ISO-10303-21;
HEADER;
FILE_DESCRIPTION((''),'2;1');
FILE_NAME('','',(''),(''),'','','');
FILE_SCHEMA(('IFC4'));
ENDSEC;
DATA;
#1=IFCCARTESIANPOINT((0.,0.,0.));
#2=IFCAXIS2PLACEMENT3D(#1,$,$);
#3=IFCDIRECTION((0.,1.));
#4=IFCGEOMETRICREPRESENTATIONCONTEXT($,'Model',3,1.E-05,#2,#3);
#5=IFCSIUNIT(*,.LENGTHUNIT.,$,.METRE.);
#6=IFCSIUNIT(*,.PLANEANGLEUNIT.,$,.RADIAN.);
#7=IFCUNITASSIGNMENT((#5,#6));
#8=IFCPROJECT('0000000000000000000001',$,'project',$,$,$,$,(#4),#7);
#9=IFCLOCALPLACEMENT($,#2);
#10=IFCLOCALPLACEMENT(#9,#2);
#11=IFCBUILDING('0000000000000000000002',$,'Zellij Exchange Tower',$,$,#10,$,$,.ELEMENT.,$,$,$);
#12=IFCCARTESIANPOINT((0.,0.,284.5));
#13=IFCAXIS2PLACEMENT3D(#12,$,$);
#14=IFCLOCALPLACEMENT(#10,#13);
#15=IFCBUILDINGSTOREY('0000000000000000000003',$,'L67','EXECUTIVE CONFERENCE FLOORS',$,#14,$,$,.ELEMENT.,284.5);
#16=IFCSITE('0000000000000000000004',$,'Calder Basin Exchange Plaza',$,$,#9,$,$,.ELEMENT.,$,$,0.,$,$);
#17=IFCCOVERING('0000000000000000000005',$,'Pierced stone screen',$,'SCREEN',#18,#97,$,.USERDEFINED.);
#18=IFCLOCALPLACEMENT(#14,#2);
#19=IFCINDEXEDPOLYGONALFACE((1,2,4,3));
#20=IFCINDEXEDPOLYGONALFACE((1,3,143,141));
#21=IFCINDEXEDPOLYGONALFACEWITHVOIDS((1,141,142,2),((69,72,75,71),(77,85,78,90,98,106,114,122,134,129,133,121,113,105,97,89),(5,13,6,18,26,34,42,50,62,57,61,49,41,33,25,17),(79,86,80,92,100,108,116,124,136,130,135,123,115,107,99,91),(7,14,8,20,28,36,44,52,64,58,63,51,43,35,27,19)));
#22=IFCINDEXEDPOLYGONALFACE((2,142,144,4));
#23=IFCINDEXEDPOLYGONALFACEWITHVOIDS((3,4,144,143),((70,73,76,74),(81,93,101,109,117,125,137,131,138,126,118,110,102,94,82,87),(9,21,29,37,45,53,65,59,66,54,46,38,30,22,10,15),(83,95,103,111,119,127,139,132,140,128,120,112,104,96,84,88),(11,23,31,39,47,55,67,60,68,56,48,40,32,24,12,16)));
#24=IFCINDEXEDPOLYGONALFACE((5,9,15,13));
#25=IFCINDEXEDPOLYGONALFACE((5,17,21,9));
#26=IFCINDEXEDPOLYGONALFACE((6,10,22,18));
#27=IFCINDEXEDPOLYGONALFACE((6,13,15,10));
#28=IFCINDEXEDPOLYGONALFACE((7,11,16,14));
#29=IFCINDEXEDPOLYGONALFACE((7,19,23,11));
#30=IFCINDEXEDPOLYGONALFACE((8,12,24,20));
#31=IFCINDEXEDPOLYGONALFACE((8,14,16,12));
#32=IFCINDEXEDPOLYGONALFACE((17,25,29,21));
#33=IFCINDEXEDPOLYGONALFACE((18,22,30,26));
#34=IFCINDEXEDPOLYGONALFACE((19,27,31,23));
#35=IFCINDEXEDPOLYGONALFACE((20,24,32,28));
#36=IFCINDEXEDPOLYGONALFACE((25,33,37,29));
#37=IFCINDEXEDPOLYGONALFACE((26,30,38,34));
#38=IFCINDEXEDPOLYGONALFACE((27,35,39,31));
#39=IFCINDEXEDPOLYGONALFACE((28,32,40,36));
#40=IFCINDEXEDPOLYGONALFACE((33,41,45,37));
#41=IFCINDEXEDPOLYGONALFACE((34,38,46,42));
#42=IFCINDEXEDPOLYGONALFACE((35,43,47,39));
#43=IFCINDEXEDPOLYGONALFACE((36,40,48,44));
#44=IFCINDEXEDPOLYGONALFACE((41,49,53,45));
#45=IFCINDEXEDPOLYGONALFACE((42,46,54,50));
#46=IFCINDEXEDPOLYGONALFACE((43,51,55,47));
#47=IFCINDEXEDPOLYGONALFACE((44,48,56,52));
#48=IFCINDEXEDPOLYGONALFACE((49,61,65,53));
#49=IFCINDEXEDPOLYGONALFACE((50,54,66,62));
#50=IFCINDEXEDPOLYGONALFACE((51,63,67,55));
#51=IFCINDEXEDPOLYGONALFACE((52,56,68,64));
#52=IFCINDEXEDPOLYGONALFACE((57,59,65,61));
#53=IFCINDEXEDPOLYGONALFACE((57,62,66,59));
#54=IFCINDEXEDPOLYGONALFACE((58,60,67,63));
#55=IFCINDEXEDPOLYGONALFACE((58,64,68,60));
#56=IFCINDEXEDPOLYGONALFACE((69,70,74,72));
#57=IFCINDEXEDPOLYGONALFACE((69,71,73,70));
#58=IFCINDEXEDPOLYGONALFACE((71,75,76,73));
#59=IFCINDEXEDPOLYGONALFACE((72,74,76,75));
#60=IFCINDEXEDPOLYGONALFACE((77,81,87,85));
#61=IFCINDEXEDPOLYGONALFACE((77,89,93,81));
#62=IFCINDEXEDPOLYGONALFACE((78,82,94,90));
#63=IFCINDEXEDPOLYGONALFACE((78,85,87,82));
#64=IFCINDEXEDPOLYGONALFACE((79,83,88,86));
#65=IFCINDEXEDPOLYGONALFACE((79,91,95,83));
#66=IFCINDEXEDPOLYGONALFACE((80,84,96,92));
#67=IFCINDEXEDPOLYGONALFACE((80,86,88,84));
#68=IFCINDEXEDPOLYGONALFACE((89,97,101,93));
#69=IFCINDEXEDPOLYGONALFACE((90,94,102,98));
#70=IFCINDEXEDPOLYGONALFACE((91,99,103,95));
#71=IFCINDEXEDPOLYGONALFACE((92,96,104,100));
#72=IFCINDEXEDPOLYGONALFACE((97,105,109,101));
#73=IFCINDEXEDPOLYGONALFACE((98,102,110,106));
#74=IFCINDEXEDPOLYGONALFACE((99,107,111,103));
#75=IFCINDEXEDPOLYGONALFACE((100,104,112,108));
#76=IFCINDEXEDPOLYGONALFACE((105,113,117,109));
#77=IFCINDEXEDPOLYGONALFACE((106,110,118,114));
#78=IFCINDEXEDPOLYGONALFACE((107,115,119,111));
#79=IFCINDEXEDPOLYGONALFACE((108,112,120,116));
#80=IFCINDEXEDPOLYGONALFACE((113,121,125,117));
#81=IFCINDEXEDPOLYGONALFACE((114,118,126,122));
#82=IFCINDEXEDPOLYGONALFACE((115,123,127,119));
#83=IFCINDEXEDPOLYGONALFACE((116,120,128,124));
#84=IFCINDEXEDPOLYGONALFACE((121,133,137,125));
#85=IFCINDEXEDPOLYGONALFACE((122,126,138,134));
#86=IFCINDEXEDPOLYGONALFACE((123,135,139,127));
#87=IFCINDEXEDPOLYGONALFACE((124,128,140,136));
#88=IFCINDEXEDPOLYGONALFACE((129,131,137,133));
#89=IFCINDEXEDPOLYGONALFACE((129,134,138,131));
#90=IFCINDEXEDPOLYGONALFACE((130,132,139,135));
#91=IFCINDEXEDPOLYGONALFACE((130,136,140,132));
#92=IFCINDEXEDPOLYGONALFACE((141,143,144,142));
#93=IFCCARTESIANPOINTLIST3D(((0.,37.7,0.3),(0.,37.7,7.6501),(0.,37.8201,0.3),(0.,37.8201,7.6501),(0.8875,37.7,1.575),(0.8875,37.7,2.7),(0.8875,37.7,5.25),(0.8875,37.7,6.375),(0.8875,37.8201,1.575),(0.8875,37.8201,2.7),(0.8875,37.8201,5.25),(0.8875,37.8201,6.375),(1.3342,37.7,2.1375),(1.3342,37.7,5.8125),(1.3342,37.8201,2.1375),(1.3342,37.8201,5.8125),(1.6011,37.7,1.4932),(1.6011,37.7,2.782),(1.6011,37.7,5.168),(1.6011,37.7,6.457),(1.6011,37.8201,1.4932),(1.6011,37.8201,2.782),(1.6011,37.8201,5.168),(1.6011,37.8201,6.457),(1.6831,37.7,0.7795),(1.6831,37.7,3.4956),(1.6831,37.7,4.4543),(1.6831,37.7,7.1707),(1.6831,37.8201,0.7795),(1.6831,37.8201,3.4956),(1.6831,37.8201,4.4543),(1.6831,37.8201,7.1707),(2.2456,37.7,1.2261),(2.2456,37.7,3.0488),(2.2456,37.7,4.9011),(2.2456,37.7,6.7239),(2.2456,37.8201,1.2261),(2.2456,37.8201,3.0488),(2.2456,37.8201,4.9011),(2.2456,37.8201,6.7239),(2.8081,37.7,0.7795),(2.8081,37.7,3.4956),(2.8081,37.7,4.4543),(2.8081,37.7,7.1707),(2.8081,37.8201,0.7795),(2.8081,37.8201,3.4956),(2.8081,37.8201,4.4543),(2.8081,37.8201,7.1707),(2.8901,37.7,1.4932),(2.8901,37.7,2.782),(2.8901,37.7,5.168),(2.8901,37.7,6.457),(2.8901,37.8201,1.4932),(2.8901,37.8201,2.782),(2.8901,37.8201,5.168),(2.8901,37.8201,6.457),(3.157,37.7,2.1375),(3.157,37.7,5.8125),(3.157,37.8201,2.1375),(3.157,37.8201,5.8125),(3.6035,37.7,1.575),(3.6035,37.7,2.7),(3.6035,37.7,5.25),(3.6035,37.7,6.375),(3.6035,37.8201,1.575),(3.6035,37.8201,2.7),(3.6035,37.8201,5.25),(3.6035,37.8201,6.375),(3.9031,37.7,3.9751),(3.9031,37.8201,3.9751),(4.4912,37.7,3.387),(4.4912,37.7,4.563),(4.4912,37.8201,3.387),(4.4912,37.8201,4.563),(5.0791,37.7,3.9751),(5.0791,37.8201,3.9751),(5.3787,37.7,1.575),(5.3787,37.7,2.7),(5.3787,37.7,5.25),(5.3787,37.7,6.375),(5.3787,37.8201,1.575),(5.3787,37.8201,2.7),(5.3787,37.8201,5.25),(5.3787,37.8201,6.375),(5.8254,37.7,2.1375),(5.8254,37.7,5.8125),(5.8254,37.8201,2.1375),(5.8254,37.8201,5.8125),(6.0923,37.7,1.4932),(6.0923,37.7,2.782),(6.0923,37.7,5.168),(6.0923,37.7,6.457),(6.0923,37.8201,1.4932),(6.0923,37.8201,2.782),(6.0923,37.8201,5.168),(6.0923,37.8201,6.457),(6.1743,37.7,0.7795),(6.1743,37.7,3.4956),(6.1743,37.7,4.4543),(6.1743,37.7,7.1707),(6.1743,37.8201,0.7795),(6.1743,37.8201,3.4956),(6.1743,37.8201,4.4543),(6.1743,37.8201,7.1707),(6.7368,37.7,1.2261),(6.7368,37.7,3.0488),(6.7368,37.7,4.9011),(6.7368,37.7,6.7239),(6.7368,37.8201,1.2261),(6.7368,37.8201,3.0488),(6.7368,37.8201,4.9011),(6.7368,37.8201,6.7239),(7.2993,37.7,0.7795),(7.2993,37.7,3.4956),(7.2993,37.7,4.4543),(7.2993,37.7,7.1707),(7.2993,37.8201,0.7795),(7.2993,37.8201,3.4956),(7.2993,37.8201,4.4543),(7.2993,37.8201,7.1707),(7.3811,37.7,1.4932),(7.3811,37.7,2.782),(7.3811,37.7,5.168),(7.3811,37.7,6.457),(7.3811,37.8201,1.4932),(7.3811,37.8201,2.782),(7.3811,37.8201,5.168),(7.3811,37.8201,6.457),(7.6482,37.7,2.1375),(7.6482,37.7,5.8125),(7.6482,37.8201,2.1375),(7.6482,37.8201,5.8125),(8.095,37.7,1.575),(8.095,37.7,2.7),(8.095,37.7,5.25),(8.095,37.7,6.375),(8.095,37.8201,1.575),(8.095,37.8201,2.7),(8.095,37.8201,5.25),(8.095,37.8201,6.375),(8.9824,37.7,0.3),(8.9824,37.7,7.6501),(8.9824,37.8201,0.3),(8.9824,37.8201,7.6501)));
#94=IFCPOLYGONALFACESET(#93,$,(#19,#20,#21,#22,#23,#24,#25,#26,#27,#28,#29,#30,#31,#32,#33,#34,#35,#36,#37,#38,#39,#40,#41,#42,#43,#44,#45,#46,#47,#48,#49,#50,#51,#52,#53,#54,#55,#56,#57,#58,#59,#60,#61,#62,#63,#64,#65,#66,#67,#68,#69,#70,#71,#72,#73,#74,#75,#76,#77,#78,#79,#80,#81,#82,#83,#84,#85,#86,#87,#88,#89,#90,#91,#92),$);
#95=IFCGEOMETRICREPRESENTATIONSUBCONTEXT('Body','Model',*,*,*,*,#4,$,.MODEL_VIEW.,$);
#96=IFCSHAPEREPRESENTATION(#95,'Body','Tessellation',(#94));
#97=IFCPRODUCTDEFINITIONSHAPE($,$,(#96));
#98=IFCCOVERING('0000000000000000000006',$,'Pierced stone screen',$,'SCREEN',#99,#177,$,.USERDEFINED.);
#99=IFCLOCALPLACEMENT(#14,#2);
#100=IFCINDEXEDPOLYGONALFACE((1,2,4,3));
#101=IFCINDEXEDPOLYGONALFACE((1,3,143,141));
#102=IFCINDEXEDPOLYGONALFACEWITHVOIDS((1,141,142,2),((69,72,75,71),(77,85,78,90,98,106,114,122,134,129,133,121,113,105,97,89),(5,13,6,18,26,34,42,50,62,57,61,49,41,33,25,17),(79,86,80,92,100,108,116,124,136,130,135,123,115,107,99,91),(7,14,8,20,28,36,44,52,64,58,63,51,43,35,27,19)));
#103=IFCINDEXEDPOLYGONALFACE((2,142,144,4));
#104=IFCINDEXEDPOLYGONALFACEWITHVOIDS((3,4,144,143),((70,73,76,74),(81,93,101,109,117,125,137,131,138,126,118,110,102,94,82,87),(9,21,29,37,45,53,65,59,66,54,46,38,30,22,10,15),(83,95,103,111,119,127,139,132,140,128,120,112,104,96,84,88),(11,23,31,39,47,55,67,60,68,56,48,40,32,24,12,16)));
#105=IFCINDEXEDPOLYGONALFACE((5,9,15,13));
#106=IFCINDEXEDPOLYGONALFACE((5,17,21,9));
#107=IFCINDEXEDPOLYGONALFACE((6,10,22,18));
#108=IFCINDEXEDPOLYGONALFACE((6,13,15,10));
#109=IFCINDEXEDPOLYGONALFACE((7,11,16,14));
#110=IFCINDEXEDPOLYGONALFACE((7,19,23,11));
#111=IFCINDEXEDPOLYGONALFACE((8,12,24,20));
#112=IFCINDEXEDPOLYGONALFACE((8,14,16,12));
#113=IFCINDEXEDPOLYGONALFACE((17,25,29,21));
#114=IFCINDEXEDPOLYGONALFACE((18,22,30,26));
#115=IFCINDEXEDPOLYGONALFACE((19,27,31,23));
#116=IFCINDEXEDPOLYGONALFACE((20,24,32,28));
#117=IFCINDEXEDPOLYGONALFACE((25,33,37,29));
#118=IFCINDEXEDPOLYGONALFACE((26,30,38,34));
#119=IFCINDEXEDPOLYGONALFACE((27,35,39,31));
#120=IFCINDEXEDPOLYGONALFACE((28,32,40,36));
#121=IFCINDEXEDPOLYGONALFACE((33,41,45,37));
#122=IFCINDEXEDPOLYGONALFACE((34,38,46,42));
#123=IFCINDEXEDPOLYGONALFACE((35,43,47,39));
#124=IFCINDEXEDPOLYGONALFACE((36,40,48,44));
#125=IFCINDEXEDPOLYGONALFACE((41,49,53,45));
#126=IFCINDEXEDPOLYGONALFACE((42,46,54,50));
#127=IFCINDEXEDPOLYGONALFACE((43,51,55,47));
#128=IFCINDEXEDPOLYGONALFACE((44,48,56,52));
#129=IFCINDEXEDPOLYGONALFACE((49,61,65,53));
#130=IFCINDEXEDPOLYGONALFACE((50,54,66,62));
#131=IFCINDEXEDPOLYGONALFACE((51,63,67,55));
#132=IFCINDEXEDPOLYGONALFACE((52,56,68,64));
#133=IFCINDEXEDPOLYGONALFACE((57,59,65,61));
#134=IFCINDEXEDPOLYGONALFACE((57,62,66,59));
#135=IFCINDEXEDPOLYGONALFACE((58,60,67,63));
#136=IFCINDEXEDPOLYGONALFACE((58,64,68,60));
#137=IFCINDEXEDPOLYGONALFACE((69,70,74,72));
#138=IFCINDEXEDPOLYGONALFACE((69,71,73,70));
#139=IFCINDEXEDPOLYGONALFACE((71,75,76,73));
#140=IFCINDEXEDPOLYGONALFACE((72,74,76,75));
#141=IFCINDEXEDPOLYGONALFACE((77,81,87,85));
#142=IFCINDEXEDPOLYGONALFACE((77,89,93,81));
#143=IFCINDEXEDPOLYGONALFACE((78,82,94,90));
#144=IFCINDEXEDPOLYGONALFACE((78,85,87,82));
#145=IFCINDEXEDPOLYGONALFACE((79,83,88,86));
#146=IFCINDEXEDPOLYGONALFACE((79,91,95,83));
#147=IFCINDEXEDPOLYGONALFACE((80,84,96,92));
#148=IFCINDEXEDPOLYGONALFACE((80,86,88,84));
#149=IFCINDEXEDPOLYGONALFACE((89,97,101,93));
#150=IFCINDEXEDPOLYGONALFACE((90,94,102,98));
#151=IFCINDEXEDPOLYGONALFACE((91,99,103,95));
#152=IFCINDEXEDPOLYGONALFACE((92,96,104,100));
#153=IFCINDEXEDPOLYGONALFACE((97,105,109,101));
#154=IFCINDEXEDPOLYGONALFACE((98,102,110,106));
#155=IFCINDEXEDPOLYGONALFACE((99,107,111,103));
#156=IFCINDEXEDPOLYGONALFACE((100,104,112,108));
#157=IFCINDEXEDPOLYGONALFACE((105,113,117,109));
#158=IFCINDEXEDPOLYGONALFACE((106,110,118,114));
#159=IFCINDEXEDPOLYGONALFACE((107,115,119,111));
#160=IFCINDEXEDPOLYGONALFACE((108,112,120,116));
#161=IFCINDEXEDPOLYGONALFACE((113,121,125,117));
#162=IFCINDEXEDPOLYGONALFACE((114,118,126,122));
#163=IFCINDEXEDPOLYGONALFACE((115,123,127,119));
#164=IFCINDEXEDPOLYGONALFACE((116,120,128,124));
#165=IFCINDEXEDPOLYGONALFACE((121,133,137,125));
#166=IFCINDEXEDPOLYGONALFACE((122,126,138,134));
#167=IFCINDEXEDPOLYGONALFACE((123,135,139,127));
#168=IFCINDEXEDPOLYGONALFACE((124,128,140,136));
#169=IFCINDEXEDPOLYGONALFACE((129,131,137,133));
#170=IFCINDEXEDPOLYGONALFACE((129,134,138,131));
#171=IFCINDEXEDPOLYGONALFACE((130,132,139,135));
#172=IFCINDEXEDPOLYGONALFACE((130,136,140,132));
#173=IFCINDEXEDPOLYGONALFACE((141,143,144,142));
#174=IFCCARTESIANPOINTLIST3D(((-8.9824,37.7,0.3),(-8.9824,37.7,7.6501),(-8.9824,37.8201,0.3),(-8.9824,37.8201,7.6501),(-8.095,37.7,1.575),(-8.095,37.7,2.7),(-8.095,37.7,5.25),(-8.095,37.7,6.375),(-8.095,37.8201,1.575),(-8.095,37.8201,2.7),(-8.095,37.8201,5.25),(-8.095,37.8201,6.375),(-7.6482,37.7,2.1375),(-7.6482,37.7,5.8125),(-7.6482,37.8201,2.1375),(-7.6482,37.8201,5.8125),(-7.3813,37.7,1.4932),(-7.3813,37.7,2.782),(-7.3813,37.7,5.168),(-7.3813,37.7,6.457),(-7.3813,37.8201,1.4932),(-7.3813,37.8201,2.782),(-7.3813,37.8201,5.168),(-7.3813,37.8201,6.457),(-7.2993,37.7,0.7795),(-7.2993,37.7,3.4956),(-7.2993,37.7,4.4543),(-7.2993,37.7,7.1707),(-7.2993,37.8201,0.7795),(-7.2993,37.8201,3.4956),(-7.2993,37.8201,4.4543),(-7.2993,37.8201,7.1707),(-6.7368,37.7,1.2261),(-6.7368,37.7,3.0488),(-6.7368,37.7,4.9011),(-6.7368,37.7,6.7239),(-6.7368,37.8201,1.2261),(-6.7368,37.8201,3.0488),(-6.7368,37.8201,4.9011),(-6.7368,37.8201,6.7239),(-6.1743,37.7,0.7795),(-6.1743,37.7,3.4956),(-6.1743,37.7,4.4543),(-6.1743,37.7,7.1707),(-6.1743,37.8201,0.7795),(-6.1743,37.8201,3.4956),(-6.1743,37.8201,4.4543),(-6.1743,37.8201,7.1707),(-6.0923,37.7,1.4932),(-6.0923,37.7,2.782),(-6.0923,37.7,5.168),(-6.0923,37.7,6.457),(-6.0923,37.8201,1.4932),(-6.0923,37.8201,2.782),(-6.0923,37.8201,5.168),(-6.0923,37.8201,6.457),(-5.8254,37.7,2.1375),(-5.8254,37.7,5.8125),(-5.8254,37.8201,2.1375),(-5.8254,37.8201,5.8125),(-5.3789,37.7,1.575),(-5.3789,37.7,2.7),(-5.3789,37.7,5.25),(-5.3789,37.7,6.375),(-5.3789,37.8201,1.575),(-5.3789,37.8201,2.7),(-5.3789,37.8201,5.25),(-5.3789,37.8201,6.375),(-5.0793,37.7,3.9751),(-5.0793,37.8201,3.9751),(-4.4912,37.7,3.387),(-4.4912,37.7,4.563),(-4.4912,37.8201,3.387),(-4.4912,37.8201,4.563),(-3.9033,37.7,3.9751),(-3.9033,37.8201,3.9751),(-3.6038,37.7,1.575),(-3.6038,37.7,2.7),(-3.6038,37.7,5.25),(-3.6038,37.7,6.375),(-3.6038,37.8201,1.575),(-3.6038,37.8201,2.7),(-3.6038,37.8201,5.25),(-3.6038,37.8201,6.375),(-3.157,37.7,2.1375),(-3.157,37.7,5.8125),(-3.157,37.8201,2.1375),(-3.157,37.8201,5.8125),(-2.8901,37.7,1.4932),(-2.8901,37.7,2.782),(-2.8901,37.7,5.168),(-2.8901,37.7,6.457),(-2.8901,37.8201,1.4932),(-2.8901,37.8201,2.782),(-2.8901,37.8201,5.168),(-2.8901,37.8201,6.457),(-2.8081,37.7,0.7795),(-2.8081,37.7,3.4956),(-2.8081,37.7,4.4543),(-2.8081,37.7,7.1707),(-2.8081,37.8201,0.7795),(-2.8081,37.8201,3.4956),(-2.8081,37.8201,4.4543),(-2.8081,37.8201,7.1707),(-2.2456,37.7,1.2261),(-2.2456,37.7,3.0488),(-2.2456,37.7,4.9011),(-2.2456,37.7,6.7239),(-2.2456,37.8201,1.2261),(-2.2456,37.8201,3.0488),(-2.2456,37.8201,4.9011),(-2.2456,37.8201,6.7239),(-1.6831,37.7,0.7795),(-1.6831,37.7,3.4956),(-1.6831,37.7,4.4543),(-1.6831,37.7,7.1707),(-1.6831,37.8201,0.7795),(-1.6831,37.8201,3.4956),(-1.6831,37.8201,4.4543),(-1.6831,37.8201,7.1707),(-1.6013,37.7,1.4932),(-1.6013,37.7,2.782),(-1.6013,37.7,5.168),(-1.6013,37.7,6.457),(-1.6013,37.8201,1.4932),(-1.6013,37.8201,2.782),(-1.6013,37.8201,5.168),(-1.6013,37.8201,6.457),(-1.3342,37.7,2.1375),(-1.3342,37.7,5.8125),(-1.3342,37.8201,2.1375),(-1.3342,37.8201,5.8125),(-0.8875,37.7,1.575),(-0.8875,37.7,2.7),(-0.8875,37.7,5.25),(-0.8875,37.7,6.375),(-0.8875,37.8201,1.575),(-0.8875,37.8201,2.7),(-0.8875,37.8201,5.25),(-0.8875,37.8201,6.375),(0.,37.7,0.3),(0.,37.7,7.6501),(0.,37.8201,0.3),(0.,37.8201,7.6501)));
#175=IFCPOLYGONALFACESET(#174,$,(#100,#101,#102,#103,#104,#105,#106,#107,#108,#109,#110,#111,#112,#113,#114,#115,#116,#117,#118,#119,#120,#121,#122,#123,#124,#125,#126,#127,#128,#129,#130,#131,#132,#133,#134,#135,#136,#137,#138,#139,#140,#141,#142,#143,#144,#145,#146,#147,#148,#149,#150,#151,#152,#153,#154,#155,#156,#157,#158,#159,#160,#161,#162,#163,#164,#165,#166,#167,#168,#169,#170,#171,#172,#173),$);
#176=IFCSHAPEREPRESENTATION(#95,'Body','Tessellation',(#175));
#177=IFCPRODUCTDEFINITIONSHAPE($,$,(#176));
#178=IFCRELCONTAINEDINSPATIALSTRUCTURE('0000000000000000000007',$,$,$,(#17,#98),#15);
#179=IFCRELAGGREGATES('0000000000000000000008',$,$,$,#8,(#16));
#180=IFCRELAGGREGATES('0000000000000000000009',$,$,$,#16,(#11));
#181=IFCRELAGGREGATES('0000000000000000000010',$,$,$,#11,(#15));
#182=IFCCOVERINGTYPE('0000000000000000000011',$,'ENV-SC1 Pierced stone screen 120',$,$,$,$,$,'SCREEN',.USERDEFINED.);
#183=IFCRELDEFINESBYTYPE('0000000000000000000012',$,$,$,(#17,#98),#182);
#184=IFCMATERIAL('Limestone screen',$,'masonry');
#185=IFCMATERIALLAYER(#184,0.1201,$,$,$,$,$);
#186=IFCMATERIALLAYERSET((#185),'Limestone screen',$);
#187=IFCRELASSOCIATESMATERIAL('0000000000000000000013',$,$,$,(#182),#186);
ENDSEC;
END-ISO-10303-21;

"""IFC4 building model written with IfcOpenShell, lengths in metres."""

from ifc_helpers import new_model, si_unit, direction, frame, origin, place, context, subcontext, project, spatial, polyline, outline, extrude, material, layer, layer_set, type_object, element, save


model = new_model("IFC4")

# Units and contexts
model_context = context("Model", 3, precision=1e-05, world=origin(), true_north=direction((0.0, 1.0)))
body_context = subcontext(model_context, "Body", "Model", "MODEL_VIEW")
ifc_project = project(units=[si_unit("LENGTHUNIT", "METRE"), si_unit("PLANEANGLEUNIT", "RADIAN")], contexts=[model_context])

# Site, building, storey
site_placement = place(None, origin())
site = spatial("IfcSite", under=ifc_project, at=site_placement, Name="Calder Basin Exchange Plaza", CompositionType="ELEMENT", RefElevation=0.0)
building_placement = place(site_placement, origin())
building = spatial("IfcBuilding", under=site, at=building_placement, Name="Zellij Exchange Tower", CompositionType="ELEMENT")
storey_placement = place(building_placement, frame((0.0, 0.0, 284.5)))
storey = spatial("IfcBuildingStorey", under=building, at=storey_placement, Name="L67", Description="EXECUTIVE CONFERENCE FLOORS", CompositionType="ELEMENT", Elevation=284.5)

# Coverings
ifc_material_1 = material(Name="Limestone screen", Category="masonry")
ifc_layer = layer(ifc_material_1, 0.1201)
ifc_layer_set = layer_set([ifc_layer], Name="Limestone screen")
covering_type = type_object("IfcCoveringType", Name="ENV-SC1 Pierced stone screen 120", ElementType="SCREEN", PredefinedType="USERDEFINED", material=ifc_layer_set)
covering_1_placement = place(storey_placement, frame((8.9824, 37.76, 0.3), z_axis=(0.0, 0.0, 1.0), x_axis=(-1.0, 0.0, 0.0)))
element("IfcCovering", 1, at=covering_1_placement, inside=storey, type_object=covering_type, Name="Pierced stone screen", ObjectType="SCREEN", PredefinedType="USERDEFINED", context=body_context, shape_type="SweptSolid", body=[
    extrude(outline(polyline([(0.0, 0.0), (8.9824, 0.0), (8.9824, 7.3501), (0.0, 7.3501), (0.0, 0.0)]), holes=[polyline([(3.6038, 2.3999), (2.8901, 2.4819), (2.8081, 3.1956), (2.2456, 2.7488), (1.6831, 3.1956), (1.6013, 2.4819), (0.8875, 2.3999), (1.3342, 1.8374), (0.8875, 1.2749), (1.6013, 1.1931), (1.6831, 0.4795), (2.2456, 0.926), (2.8081, 0.4795), (2.8901, 1.1931), (3.6038, 1.2749), (3.157, 1.8374), (3.6038, 2.3999)]), polyline([(3.6038, 6.075), (2.8901, 6.157), (2.8081, 6.8706), (2.2456, 6.4238), (1.6831, 6.8706), (1.6013, 6.157), (0.8875, 6.075), (1.3342, 5.5125), (0.8875, 4.95), (1.6013, 4.8679), (1.6831, 4.1543), (2.2456, 4.6011), (2.8081, 4.1543), (2.8901, 4.8679), (3.6038, 4.95), (3.157, 5.5125), (3.6038, 6.075)]), polyline([(8.095, 2.3999), (7.3813, 2.4819), (7.2993, 3.1956), (6.7368, 2.7488), (6.1743, 3.1956), (6.0923, 2.4819), (5.3789, 2.3999), (5.8254, 1.8374), (5.3789, 1.2749), (6.0923, 1.1931), (6.1743, 0.4795), (6.7368, 0.926), (7.2993, 0.4795), (7.3813, 1.1931), (8.095, 1.2749), (7.6482, 1.8374), (8.095, 2.3999)]), polyline([(8.095, 6.075), (7.3813, 6.157), (7.2993, 6.8706), (6.7368, 6.4238), (6.1743, 6.8706), (6.0923, 6.157), (5.3789, 6.075), (5.8254, 5.5125), (5.3789, 4.95), (6.0923, 4.8679), (6.1743, 4.1543), (6.7368, 4.6011), (7.2993, 4.1543), (7.3813, 4.8679), (8.095, 4.95), (7.6482, 5.5125), (8.095, 6.075)]), polyline([(5.0793, 3.675), (4.4912, 4.2629), (3.9033, 3.675), (4.4912, 3.0869), (5.0793, 3.675)])]), frame((0.0, 0.0601, 0.0), z_axis=(0.0, -1.0, 0.0), x_axis=(1.0, 0.0, 0.0)), (0.0, 0.0, 1.0), 0.1201),
])
covering_2_placement = place(storey_placement, frame((0.0, 37.76, 0.3), z_axis=(0.0, 0.0, 1.0), x_axis=(-1.0, 0.0, 0.0)))
element("IfcCovering", 2, at=covering_2_placement, inside=storey, type_object=covering_type, Name="Pierced stone screen", ObjectType="SCREEN", PredefinedType="USERDEFINED", context=body_context, shape_type="SweptSolid", body=[
    extrude(outline(polyline([(0.0, 0.0), (8.9824, 0.0), (8.9824, 7.3501), (0.0, 7.3501), (0.0, 0.0)]), holes=[polyline([(3.6038, 2.3999), (2.8901, 2.4819), (2.8081, 3.1956), (2.2456, 2.7488), (1.6831, 3.1956), (1.6013, 2.4819), (0.8875, 2.3999), (1.3342, 1.8374), (0.8875, 1.2749), (1.6013, 1.1931), (1.6831, 0.4795), (2.2456, 0.926), (2.8081, 0.4795), (2.8901, 1.1931), (3.6038, 1.2749), (3.157, 1.8374), (3.6038, 2.3999)]), polyline([(3.6038, 6.075), (2.8901, 6.157), (2.8081, 6.8706), (2.2456, 6.4238), (1.6831, 6.8706), (1.6013, 6.157), (0.8875, 6.075), (1.3342, 5.5125), (0.8875, 4.95), (1.6013, 4.8679), (1.6831, 4.1543), (2.2456, 4.6011), (2.8081, 4.1543), (2.8901, 4.8679), (3.6038, 4.95), (3.157, 5.5125), (3.6038, 6.075)]), polyline([(8.095, 2.3999), (7.3813, 2.4819), (7.2993, 3.1956), (6.7368, 2.7488), (6.1743, 3.1956), (6.0923, 2.4819), (5.3789, 2.3999), (5.8254, 1.8374), (5.3789, 1.2749), (6.0923, 1.1931), (6.1743, 0.4795), (6.7368, 0.926), (7.2993, 0.4795), (7.3813, 1.1931), (8.095, 1.2749), (7.6482, 1.8374), (8.095, 2.3999)]), polyline([(8.095, 6.075), (7.3813, 6.157), (7.2993, 6.8706), (6.7368, 6.4238), (6.1743, 6.8706), (6.0923, 6.157), (5.3789, 6.075), (5.8254, 5.5125), (5.3789, 4.95), (6.0923, 4.8679), (6.1743, 4.1543), (6.7368, 4.6011), (7.2993, 4.1543), (7.3813, 4.8679), (8.095, 4.95), (7.6482, 5.5125), (8.095, 6.075)]), polyline([(5.0793, 3.675), (4.4912, 4.2629), (3.9033, 3.675), (4.4912, 3.0869), (5.0793, 3.675)])]), frame((0.0, 0.0601, 0.0), z_axis=(0.0, -1.0, 0.0), x_axis=(1.0, 0.0, 0.0)), (0.0, 0.0, 1.0), 0.1201),
])

save(model, "model.ifc")
